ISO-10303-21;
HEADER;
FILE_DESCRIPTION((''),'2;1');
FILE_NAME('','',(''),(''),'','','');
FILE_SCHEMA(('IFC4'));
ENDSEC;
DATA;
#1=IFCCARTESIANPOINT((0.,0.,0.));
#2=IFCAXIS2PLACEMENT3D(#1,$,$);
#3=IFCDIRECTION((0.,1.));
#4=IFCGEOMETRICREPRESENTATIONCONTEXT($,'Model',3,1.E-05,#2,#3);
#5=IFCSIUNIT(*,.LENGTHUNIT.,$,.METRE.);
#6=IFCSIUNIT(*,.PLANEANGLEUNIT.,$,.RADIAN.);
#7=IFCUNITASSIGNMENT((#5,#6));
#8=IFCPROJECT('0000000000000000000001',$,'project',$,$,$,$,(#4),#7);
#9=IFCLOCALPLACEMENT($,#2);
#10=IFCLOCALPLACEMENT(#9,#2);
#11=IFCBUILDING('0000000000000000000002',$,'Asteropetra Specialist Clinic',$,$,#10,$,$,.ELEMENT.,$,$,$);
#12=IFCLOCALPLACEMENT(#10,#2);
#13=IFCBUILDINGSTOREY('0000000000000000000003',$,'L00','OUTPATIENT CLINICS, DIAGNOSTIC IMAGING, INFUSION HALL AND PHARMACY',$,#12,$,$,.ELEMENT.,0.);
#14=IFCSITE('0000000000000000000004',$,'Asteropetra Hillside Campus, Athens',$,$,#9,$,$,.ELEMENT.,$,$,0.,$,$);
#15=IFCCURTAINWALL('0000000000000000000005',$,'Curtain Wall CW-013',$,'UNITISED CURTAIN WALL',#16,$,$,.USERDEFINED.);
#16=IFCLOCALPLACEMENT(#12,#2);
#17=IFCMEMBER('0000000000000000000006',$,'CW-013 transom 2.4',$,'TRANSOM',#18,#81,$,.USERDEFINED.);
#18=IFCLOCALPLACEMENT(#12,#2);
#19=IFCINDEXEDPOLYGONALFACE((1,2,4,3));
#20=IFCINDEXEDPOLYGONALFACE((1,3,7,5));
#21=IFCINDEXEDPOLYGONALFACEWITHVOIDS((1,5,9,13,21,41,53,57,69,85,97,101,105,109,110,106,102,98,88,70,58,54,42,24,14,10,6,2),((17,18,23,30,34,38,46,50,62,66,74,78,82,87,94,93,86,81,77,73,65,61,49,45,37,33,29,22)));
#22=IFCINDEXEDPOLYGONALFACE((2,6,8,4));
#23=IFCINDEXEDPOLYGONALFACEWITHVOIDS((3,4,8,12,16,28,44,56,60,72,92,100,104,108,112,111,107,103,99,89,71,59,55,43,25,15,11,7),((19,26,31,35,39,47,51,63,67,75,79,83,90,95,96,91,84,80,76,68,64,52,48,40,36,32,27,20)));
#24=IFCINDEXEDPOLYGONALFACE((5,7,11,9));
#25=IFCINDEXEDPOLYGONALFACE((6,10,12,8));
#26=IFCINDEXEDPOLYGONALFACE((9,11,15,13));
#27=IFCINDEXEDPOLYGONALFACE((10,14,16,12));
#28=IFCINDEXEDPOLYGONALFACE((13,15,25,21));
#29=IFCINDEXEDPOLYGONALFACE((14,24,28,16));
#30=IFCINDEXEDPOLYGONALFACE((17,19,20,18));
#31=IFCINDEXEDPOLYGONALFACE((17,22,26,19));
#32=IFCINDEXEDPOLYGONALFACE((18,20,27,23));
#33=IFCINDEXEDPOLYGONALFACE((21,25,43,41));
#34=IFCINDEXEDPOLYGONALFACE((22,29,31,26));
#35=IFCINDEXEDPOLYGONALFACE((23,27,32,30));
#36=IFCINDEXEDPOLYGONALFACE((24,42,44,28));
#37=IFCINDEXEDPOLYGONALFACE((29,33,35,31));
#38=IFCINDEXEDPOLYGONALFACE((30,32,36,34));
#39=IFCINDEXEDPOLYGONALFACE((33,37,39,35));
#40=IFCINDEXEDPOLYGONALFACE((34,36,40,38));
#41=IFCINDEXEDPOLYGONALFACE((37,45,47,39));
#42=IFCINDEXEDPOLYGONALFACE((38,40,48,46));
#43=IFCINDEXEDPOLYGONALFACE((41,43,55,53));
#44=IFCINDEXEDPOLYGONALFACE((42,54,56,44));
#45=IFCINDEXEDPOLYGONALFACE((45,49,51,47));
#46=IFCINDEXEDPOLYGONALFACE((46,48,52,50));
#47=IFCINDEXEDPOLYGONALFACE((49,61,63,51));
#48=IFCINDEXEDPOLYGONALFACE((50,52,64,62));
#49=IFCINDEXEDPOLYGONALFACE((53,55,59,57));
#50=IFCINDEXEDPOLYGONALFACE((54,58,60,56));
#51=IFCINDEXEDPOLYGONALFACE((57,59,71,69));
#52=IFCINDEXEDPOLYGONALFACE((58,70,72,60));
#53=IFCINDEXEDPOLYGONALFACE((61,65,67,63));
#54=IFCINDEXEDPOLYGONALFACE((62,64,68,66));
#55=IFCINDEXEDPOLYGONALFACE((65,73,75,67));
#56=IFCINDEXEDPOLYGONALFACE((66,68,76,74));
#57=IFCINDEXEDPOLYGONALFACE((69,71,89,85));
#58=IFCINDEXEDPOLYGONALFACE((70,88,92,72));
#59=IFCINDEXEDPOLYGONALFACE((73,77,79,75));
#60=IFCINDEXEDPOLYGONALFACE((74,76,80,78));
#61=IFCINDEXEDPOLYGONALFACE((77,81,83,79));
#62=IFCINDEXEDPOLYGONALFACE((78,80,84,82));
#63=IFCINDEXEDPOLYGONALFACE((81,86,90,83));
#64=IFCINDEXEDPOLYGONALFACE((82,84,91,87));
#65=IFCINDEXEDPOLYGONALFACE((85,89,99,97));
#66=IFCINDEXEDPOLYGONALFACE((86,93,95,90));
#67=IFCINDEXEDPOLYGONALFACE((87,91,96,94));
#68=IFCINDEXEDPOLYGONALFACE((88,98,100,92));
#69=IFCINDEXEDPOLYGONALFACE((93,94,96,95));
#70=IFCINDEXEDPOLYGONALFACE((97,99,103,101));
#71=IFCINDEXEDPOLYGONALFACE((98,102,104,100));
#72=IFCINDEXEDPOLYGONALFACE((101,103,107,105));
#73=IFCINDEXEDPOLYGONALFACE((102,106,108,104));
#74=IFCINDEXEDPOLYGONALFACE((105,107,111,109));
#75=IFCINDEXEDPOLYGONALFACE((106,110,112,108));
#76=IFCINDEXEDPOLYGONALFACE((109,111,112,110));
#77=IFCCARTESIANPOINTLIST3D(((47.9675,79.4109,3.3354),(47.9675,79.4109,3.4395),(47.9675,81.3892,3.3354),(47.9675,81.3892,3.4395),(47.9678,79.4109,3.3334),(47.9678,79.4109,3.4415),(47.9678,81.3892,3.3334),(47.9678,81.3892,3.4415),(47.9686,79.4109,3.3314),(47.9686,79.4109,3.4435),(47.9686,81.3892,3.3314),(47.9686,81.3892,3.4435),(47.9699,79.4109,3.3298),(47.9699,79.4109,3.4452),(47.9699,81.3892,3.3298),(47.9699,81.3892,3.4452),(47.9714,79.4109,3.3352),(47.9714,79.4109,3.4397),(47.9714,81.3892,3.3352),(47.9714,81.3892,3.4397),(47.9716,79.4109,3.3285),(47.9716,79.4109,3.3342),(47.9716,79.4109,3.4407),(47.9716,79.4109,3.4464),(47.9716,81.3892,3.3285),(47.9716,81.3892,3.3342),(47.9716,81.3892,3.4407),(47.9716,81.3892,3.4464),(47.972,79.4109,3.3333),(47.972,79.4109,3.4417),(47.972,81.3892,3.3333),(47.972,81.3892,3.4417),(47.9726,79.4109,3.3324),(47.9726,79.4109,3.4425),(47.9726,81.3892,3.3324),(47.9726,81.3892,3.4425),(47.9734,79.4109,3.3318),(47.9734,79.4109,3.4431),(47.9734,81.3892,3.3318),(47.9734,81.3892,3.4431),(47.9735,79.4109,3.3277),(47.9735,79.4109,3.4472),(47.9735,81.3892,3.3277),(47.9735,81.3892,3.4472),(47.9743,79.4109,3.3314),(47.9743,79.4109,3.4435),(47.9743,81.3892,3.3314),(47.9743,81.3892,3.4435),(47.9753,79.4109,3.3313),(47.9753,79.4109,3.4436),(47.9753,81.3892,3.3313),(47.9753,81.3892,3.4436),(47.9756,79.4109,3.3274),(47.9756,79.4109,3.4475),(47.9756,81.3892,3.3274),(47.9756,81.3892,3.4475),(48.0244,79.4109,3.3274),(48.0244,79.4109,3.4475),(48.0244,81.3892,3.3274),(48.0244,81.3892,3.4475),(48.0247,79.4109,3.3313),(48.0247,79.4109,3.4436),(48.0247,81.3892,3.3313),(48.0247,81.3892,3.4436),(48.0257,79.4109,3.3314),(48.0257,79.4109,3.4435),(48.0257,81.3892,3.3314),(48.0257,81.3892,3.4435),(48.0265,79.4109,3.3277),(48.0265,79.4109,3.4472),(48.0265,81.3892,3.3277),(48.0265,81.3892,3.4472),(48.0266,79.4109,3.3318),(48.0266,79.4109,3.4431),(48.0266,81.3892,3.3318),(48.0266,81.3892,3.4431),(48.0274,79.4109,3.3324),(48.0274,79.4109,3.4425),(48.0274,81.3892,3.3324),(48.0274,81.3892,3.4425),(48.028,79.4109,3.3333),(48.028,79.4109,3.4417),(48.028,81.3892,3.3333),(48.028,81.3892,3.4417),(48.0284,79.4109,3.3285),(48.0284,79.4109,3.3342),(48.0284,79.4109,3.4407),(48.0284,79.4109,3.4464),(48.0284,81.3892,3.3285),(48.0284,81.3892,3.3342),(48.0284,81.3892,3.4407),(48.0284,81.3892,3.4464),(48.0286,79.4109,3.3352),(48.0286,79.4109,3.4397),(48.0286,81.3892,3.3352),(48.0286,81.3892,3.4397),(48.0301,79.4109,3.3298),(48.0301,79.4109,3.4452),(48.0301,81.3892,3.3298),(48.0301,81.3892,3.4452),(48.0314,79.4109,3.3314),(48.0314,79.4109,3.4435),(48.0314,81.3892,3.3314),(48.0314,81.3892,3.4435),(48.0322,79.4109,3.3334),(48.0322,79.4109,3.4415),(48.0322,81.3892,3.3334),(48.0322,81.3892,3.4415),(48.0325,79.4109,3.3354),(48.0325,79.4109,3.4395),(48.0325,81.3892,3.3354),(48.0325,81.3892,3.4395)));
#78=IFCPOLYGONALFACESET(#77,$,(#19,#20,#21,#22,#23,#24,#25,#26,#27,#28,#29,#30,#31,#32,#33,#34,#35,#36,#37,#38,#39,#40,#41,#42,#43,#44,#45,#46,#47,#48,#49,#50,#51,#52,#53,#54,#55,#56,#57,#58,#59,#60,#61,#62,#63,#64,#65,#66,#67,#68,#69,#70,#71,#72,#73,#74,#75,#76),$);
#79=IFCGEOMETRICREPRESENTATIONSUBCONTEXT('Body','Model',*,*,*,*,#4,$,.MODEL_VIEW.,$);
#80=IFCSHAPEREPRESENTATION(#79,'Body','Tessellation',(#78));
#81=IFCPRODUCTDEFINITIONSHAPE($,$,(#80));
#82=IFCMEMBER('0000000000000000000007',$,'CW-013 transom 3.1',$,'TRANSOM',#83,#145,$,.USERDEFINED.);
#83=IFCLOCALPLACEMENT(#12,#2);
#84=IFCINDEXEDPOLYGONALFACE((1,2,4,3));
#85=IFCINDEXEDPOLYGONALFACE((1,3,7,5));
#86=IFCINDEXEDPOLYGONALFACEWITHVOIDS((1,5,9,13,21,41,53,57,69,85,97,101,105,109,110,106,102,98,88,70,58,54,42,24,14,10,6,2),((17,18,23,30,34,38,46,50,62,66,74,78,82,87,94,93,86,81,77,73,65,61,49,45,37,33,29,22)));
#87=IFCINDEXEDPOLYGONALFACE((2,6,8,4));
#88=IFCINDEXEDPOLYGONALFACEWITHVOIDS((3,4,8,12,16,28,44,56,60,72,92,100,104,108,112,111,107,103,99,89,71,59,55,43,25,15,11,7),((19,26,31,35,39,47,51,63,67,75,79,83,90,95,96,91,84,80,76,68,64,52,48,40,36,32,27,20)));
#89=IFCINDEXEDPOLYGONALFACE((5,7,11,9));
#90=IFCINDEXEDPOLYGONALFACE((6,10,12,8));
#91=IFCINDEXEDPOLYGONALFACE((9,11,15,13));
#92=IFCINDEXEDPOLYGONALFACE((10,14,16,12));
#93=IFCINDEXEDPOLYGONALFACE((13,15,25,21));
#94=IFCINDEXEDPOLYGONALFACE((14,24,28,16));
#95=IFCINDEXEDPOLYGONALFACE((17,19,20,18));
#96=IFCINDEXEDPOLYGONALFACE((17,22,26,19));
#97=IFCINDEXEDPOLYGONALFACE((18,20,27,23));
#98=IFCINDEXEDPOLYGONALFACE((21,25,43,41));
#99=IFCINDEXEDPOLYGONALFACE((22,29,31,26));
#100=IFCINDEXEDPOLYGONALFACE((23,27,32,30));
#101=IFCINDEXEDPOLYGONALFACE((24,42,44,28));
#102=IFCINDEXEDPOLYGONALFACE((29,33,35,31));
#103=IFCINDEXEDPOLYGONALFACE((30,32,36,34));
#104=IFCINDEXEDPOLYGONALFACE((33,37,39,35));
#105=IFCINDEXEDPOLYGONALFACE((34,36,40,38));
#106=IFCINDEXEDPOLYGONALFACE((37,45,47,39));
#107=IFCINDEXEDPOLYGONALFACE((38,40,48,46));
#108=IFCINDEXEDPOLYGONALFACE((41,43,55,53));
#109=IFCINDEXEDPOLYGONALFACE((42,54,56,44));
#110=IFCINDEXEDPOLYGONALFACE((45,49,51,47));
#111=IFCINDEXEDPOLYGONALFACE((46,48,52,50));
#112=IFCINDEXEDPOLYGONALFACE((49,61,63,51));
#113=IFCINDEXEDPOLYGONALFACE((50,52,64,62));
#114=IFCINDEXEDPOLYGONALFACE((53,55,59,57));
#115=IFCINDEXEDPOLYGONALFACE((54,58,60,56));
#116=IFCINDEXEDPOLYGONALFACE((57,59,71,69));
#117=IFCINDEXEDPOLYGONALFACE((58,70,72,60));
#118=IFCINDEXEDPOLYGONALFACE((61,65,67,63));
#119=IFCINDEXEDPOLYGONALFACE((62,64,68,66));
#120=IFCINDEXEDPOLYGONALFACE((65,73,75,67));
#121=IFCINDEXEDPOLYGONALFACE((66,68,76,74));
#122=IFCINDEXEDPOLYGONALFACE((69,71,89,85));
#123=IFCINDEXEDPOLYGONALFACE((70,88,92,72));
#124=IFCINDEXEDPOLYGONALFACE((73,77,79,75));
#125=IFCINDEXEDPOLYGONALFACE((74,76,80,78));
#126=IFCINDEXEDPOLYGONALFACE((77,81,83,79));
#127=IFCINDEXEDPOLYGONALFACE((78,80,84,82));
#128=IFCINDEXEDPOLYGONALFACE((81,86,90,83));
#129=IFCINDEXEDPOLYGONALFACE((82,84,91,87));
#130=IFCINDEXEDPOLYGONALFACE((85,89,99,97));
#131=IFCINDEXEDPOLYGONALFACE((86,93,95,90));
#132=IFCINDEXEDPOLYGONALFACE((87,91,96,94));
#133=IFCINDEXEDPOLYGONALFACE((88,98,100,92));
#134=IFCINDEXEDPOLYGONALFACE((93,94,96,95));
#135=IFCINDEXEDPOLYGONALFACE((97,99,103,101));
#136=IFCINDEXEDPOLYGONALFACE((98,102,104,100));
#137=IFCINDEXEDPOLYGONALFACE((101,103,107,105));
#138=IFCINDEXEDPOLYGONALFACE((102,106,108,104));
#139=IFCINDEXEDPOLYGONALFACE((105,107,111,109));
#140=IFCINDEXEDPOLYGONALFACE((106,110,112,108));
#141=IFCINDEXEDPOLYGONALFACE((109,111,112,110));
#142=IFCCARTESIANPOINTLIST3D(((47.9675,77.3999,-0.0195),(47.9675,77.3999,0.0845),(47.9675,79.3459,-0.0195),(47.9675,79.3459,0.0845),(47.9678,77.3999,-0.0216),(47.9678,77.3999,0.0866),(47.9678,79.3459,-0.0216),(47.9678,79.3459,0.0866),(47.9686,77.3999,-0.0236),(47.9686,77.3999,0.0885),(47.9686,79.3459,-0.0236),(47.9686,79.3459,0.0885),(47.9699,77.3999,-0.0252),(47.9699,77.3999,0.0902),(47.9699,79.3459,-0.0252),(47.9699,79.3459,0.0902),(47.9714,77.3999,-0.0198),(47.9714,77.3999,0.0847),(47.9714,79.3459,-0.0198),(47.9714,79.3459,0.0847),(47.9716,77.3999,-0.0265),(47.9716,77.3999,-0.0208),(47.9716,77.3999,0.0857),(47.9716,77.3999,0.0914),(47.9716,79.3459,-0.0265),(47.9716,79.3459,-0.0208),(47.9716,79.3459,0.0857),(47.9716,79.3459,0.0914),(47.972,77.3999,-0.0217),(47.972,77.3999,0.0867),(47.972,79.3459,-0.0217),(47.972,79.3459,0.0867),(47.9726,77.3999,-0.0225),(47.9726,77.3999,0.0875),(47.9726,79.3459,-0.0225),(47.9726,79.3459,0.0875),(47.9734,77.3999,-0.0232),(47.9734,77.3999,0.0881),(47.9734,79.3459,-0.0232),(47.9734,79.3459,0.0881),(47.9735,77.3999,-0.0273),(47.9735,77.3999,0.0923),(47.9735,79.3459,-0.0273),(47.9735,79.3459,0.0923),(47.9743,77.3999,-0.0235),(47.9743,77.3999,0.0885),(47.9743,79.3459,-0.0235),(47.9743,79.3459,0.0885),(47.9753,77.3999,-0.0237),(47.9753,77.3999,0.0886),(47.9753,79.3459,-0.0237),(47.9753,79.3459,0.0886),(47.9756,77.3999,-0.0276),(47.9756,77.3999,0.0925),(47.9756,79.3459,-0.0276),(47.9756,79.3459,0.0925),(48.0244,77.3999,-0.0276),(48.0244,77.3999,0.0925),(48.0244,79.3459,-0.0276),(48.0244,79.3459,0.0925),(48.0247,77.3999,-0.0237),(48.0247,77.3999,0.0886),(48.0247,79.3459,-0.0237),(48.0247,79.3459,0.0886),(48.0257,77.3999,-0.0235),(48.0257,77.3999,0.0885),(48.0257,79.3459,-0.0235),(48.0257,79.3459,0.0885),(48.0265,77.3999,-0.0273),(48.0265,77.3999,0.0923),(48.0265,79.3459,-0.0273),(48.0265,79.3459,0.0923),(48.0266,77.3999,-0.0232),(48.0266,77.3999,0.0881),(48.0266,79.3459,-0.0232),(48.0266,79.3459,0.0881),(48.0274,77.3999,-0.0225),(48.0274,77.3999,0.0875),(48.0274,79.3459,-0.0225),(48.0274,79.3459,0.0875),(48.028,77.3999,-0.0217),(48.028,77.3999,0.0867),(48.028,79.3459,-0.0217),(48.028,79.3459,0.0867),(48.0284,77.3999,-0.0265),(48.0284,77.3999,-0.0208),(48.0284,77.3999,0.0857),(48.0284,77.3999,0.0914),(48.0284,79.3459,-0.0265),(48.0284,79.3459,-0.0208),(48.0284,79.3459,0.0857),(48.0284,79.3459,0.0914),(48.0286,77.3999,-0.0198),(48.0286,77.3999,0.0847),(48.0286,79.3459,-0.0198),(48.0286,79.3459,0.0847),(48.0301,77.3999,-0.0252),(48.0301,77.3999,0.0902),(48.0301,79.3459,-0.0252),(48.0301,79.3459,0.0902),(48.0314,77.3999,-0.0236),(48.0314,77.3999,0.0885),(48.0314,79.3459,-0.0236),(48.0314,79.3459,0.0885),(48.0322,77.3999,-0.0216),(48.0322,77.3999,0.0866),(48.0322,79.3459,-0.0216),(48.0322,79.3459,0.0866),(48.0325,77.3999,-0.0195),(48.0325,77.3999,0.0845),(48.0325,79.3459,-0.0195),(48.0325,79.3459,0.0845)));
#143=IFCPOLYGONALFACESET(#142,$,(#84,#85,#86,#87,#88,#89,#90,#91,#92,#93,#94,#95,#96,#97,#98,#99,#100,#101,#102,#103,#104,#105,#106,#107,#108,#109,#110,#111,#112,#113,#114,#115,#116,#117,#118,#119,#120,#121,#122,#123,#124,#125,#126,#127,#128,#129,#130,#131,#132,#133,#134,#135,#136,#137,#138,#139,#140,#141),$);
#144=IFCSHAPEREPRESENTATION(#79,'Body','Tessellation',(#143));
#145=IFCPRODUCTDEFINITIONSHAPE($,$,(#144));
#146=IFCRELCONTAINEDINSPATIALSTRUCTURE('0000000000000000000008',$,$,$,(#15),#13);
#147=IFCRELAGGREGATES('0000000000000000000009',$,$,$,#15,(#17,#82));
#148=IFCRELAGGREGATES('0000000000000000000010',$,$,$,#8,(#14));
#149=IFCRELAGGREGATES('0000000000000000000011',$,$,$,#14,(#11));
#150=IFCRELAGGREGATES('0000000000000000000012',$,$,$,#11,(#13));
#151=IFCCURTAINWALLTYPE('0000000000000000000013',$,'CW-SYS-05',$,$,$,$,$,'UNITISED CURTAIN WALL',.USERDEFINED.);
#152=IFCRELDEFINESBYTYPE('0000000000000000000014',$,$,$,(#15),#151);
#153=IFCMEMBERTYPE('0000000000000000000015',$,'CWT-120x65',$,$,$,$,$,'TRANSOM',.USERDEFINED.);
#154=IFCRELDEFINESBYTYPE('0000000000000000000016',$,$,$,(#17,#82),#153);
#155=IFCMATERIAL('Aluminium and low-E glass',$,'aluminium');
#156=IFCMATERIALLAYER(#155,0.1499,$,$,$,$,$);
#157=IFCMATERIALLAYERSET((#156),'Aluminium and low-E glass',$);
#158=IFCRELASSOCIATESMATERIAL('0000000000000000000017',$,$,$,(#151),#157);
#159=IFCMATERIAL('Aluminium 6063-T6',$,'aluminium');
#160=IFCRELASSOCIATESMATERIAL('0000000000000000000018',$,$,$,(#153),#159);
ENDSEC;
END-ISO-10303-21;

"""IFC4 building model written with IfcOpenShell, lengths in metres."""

from ifc_helpers import new_model, si_unit, direction, frame, origin, origin_2d, place, context, subcontext, project, spatial, hollow_rectangle, extrude, material, layer, layer_set, material_profile, profile_set, type_object, element, aggregate, save


model = new_model("IFC4")

# Units and contexts
model_context = context("Model", 3, precision=1e-05, world=origin(), true_north=direction((0.0, 1.0)))
body_context = subcontext(model_context, "Body", "Model", "MODEL_VIEW")
ifc_project = project(units=[si_unit("LENGTHUNIT", "METRE"), si_unit("PLANEANGLEUNIT", "RADIAN")], contexts=[model_context])

# Site, building, storey
site_placement = place(None, origin())
site = spatial("IfcSite", under=ifc_project, at=site_placement, Name="Asteropetra Hillside Campus, Athens", CompositionType="ELEMENT", RefElevation=0.0)
building_placement = place(site_placement, origin())
building = spatial("IfcBuilding", under=site, at=building_placement, Name="Asteropetra Specialist Clinic", CompositionType="ELEMENT")
storey_placement = place(building_placement, origin())
storey = spatial("IfcBuildingStorey", under=building, at=storey_placement, Name="L00", Description="OUTPATIENT CLINICS, DIAGNOSTIC IMAGING, INFUSION HALL AND PHARMACY", CompositionType="ELEMENT", Elevation=0.0)

# Curtain wall, members
ifc_material_1 = material(Name="Aluminium and low-E glass", Category="aluminium")
ifc_layer_1 = layer(ifc_material_1, 0.1499)
ifc_layer_set_1 = layer_set([ifc_layer_1], Name="Aluminium and low-E glass")
curtain_wall_type = type_object("IfcCurtainWallType", Name="CW-SYS-05", ElementType="UNITISED CURTAIN WALL", PredefinedType="USERDEFINED", material=ifc_layer_set_1)
curtain_wall_placement = place(storey_placement, origin())
curtain_wall = element("IfcCurtainWall", 1, at=curtain_wall_placement, inside=storey, type_object=curtain_wall_type, Name="Curtain Wall CW-013", ObjectType="UNITISED CURTAIN WALL", PredefinedType="USERDEFINED")
ifc_material_2 = material(Name="Aluminium 6063-T6", Category="aluminium")
ifc_material_profile_1 = material_profile(ifc_material_2, hollow_rectangle(XDim=0.0649, YDim=0.1201, WallThickness=0.0039, InnerFilletRadius=0.0039, OuterFilletRadius=0.0081, at=origin_2d()), Name="TRN 120x65x4.0")
ifc_profile_set_1 = profile_set([ifc_material_profile_1], Name="Aluminium 6063-T6")
member_type_1 = type_object("IfcMemberType", Name="CWT-120x65", ElementType="TRANSOM", PredefinedType="USERDEFINED", material=ifc_profile_set_1)
member_1_placement = place(storey_placement, frame((48.0, 81.3892, 3.3875), z_axis=(0.0, -1.0, 0.0), x_axis=(1.0, 0.0, 0.0)))
member_1 = element("IfcMember", 2, at=member_1_placement, type_object=member_type_1, Name="CW-013 transom 2.4", ObjectType="TRANSOM", PredefinedType="USERDEFINED", context=body_context, shape_type="SweptSolid", body=[
    extrude(hollow_rectangle(XDim=0.0649, YDim=0.1201, WallThickness=0.0039, InnerFilletRadius=0.0039, OuterFilletRadius=0.0081, at=origin_2d()), origin(), (0.0, 0.0, 1.0), 1.9783),
])
member_2_placement = place(storey_placement, frame((48.0, 79.3459, 0.0325), z_axis=(0.0, -1.0, 0.0), x_axis=(1.0, 0.0, 0.0)))
member_2 = element("IfcMember", 3, at=member_2_placement, type_object=member_type_1, Name="CW-013 transom 3.1", ObjectType="TRANSOM", PredefinedType="USERDEFINED", context=body_context, shape_type="SweptSolid", body=[
    extrude(hollow_rectangle(XDim=0.0649, YDim=0.1201, WallThickness=0.0039, InnerFilletRadius=0.0039, OuterFilletRadius=0.0081, at=origin_2d()), origin(), (0.0, 0.0, 1.0), 1.946),
])
aggregate(curtain_wall, [member_1, member_2])

save(model, "model.ifc")
